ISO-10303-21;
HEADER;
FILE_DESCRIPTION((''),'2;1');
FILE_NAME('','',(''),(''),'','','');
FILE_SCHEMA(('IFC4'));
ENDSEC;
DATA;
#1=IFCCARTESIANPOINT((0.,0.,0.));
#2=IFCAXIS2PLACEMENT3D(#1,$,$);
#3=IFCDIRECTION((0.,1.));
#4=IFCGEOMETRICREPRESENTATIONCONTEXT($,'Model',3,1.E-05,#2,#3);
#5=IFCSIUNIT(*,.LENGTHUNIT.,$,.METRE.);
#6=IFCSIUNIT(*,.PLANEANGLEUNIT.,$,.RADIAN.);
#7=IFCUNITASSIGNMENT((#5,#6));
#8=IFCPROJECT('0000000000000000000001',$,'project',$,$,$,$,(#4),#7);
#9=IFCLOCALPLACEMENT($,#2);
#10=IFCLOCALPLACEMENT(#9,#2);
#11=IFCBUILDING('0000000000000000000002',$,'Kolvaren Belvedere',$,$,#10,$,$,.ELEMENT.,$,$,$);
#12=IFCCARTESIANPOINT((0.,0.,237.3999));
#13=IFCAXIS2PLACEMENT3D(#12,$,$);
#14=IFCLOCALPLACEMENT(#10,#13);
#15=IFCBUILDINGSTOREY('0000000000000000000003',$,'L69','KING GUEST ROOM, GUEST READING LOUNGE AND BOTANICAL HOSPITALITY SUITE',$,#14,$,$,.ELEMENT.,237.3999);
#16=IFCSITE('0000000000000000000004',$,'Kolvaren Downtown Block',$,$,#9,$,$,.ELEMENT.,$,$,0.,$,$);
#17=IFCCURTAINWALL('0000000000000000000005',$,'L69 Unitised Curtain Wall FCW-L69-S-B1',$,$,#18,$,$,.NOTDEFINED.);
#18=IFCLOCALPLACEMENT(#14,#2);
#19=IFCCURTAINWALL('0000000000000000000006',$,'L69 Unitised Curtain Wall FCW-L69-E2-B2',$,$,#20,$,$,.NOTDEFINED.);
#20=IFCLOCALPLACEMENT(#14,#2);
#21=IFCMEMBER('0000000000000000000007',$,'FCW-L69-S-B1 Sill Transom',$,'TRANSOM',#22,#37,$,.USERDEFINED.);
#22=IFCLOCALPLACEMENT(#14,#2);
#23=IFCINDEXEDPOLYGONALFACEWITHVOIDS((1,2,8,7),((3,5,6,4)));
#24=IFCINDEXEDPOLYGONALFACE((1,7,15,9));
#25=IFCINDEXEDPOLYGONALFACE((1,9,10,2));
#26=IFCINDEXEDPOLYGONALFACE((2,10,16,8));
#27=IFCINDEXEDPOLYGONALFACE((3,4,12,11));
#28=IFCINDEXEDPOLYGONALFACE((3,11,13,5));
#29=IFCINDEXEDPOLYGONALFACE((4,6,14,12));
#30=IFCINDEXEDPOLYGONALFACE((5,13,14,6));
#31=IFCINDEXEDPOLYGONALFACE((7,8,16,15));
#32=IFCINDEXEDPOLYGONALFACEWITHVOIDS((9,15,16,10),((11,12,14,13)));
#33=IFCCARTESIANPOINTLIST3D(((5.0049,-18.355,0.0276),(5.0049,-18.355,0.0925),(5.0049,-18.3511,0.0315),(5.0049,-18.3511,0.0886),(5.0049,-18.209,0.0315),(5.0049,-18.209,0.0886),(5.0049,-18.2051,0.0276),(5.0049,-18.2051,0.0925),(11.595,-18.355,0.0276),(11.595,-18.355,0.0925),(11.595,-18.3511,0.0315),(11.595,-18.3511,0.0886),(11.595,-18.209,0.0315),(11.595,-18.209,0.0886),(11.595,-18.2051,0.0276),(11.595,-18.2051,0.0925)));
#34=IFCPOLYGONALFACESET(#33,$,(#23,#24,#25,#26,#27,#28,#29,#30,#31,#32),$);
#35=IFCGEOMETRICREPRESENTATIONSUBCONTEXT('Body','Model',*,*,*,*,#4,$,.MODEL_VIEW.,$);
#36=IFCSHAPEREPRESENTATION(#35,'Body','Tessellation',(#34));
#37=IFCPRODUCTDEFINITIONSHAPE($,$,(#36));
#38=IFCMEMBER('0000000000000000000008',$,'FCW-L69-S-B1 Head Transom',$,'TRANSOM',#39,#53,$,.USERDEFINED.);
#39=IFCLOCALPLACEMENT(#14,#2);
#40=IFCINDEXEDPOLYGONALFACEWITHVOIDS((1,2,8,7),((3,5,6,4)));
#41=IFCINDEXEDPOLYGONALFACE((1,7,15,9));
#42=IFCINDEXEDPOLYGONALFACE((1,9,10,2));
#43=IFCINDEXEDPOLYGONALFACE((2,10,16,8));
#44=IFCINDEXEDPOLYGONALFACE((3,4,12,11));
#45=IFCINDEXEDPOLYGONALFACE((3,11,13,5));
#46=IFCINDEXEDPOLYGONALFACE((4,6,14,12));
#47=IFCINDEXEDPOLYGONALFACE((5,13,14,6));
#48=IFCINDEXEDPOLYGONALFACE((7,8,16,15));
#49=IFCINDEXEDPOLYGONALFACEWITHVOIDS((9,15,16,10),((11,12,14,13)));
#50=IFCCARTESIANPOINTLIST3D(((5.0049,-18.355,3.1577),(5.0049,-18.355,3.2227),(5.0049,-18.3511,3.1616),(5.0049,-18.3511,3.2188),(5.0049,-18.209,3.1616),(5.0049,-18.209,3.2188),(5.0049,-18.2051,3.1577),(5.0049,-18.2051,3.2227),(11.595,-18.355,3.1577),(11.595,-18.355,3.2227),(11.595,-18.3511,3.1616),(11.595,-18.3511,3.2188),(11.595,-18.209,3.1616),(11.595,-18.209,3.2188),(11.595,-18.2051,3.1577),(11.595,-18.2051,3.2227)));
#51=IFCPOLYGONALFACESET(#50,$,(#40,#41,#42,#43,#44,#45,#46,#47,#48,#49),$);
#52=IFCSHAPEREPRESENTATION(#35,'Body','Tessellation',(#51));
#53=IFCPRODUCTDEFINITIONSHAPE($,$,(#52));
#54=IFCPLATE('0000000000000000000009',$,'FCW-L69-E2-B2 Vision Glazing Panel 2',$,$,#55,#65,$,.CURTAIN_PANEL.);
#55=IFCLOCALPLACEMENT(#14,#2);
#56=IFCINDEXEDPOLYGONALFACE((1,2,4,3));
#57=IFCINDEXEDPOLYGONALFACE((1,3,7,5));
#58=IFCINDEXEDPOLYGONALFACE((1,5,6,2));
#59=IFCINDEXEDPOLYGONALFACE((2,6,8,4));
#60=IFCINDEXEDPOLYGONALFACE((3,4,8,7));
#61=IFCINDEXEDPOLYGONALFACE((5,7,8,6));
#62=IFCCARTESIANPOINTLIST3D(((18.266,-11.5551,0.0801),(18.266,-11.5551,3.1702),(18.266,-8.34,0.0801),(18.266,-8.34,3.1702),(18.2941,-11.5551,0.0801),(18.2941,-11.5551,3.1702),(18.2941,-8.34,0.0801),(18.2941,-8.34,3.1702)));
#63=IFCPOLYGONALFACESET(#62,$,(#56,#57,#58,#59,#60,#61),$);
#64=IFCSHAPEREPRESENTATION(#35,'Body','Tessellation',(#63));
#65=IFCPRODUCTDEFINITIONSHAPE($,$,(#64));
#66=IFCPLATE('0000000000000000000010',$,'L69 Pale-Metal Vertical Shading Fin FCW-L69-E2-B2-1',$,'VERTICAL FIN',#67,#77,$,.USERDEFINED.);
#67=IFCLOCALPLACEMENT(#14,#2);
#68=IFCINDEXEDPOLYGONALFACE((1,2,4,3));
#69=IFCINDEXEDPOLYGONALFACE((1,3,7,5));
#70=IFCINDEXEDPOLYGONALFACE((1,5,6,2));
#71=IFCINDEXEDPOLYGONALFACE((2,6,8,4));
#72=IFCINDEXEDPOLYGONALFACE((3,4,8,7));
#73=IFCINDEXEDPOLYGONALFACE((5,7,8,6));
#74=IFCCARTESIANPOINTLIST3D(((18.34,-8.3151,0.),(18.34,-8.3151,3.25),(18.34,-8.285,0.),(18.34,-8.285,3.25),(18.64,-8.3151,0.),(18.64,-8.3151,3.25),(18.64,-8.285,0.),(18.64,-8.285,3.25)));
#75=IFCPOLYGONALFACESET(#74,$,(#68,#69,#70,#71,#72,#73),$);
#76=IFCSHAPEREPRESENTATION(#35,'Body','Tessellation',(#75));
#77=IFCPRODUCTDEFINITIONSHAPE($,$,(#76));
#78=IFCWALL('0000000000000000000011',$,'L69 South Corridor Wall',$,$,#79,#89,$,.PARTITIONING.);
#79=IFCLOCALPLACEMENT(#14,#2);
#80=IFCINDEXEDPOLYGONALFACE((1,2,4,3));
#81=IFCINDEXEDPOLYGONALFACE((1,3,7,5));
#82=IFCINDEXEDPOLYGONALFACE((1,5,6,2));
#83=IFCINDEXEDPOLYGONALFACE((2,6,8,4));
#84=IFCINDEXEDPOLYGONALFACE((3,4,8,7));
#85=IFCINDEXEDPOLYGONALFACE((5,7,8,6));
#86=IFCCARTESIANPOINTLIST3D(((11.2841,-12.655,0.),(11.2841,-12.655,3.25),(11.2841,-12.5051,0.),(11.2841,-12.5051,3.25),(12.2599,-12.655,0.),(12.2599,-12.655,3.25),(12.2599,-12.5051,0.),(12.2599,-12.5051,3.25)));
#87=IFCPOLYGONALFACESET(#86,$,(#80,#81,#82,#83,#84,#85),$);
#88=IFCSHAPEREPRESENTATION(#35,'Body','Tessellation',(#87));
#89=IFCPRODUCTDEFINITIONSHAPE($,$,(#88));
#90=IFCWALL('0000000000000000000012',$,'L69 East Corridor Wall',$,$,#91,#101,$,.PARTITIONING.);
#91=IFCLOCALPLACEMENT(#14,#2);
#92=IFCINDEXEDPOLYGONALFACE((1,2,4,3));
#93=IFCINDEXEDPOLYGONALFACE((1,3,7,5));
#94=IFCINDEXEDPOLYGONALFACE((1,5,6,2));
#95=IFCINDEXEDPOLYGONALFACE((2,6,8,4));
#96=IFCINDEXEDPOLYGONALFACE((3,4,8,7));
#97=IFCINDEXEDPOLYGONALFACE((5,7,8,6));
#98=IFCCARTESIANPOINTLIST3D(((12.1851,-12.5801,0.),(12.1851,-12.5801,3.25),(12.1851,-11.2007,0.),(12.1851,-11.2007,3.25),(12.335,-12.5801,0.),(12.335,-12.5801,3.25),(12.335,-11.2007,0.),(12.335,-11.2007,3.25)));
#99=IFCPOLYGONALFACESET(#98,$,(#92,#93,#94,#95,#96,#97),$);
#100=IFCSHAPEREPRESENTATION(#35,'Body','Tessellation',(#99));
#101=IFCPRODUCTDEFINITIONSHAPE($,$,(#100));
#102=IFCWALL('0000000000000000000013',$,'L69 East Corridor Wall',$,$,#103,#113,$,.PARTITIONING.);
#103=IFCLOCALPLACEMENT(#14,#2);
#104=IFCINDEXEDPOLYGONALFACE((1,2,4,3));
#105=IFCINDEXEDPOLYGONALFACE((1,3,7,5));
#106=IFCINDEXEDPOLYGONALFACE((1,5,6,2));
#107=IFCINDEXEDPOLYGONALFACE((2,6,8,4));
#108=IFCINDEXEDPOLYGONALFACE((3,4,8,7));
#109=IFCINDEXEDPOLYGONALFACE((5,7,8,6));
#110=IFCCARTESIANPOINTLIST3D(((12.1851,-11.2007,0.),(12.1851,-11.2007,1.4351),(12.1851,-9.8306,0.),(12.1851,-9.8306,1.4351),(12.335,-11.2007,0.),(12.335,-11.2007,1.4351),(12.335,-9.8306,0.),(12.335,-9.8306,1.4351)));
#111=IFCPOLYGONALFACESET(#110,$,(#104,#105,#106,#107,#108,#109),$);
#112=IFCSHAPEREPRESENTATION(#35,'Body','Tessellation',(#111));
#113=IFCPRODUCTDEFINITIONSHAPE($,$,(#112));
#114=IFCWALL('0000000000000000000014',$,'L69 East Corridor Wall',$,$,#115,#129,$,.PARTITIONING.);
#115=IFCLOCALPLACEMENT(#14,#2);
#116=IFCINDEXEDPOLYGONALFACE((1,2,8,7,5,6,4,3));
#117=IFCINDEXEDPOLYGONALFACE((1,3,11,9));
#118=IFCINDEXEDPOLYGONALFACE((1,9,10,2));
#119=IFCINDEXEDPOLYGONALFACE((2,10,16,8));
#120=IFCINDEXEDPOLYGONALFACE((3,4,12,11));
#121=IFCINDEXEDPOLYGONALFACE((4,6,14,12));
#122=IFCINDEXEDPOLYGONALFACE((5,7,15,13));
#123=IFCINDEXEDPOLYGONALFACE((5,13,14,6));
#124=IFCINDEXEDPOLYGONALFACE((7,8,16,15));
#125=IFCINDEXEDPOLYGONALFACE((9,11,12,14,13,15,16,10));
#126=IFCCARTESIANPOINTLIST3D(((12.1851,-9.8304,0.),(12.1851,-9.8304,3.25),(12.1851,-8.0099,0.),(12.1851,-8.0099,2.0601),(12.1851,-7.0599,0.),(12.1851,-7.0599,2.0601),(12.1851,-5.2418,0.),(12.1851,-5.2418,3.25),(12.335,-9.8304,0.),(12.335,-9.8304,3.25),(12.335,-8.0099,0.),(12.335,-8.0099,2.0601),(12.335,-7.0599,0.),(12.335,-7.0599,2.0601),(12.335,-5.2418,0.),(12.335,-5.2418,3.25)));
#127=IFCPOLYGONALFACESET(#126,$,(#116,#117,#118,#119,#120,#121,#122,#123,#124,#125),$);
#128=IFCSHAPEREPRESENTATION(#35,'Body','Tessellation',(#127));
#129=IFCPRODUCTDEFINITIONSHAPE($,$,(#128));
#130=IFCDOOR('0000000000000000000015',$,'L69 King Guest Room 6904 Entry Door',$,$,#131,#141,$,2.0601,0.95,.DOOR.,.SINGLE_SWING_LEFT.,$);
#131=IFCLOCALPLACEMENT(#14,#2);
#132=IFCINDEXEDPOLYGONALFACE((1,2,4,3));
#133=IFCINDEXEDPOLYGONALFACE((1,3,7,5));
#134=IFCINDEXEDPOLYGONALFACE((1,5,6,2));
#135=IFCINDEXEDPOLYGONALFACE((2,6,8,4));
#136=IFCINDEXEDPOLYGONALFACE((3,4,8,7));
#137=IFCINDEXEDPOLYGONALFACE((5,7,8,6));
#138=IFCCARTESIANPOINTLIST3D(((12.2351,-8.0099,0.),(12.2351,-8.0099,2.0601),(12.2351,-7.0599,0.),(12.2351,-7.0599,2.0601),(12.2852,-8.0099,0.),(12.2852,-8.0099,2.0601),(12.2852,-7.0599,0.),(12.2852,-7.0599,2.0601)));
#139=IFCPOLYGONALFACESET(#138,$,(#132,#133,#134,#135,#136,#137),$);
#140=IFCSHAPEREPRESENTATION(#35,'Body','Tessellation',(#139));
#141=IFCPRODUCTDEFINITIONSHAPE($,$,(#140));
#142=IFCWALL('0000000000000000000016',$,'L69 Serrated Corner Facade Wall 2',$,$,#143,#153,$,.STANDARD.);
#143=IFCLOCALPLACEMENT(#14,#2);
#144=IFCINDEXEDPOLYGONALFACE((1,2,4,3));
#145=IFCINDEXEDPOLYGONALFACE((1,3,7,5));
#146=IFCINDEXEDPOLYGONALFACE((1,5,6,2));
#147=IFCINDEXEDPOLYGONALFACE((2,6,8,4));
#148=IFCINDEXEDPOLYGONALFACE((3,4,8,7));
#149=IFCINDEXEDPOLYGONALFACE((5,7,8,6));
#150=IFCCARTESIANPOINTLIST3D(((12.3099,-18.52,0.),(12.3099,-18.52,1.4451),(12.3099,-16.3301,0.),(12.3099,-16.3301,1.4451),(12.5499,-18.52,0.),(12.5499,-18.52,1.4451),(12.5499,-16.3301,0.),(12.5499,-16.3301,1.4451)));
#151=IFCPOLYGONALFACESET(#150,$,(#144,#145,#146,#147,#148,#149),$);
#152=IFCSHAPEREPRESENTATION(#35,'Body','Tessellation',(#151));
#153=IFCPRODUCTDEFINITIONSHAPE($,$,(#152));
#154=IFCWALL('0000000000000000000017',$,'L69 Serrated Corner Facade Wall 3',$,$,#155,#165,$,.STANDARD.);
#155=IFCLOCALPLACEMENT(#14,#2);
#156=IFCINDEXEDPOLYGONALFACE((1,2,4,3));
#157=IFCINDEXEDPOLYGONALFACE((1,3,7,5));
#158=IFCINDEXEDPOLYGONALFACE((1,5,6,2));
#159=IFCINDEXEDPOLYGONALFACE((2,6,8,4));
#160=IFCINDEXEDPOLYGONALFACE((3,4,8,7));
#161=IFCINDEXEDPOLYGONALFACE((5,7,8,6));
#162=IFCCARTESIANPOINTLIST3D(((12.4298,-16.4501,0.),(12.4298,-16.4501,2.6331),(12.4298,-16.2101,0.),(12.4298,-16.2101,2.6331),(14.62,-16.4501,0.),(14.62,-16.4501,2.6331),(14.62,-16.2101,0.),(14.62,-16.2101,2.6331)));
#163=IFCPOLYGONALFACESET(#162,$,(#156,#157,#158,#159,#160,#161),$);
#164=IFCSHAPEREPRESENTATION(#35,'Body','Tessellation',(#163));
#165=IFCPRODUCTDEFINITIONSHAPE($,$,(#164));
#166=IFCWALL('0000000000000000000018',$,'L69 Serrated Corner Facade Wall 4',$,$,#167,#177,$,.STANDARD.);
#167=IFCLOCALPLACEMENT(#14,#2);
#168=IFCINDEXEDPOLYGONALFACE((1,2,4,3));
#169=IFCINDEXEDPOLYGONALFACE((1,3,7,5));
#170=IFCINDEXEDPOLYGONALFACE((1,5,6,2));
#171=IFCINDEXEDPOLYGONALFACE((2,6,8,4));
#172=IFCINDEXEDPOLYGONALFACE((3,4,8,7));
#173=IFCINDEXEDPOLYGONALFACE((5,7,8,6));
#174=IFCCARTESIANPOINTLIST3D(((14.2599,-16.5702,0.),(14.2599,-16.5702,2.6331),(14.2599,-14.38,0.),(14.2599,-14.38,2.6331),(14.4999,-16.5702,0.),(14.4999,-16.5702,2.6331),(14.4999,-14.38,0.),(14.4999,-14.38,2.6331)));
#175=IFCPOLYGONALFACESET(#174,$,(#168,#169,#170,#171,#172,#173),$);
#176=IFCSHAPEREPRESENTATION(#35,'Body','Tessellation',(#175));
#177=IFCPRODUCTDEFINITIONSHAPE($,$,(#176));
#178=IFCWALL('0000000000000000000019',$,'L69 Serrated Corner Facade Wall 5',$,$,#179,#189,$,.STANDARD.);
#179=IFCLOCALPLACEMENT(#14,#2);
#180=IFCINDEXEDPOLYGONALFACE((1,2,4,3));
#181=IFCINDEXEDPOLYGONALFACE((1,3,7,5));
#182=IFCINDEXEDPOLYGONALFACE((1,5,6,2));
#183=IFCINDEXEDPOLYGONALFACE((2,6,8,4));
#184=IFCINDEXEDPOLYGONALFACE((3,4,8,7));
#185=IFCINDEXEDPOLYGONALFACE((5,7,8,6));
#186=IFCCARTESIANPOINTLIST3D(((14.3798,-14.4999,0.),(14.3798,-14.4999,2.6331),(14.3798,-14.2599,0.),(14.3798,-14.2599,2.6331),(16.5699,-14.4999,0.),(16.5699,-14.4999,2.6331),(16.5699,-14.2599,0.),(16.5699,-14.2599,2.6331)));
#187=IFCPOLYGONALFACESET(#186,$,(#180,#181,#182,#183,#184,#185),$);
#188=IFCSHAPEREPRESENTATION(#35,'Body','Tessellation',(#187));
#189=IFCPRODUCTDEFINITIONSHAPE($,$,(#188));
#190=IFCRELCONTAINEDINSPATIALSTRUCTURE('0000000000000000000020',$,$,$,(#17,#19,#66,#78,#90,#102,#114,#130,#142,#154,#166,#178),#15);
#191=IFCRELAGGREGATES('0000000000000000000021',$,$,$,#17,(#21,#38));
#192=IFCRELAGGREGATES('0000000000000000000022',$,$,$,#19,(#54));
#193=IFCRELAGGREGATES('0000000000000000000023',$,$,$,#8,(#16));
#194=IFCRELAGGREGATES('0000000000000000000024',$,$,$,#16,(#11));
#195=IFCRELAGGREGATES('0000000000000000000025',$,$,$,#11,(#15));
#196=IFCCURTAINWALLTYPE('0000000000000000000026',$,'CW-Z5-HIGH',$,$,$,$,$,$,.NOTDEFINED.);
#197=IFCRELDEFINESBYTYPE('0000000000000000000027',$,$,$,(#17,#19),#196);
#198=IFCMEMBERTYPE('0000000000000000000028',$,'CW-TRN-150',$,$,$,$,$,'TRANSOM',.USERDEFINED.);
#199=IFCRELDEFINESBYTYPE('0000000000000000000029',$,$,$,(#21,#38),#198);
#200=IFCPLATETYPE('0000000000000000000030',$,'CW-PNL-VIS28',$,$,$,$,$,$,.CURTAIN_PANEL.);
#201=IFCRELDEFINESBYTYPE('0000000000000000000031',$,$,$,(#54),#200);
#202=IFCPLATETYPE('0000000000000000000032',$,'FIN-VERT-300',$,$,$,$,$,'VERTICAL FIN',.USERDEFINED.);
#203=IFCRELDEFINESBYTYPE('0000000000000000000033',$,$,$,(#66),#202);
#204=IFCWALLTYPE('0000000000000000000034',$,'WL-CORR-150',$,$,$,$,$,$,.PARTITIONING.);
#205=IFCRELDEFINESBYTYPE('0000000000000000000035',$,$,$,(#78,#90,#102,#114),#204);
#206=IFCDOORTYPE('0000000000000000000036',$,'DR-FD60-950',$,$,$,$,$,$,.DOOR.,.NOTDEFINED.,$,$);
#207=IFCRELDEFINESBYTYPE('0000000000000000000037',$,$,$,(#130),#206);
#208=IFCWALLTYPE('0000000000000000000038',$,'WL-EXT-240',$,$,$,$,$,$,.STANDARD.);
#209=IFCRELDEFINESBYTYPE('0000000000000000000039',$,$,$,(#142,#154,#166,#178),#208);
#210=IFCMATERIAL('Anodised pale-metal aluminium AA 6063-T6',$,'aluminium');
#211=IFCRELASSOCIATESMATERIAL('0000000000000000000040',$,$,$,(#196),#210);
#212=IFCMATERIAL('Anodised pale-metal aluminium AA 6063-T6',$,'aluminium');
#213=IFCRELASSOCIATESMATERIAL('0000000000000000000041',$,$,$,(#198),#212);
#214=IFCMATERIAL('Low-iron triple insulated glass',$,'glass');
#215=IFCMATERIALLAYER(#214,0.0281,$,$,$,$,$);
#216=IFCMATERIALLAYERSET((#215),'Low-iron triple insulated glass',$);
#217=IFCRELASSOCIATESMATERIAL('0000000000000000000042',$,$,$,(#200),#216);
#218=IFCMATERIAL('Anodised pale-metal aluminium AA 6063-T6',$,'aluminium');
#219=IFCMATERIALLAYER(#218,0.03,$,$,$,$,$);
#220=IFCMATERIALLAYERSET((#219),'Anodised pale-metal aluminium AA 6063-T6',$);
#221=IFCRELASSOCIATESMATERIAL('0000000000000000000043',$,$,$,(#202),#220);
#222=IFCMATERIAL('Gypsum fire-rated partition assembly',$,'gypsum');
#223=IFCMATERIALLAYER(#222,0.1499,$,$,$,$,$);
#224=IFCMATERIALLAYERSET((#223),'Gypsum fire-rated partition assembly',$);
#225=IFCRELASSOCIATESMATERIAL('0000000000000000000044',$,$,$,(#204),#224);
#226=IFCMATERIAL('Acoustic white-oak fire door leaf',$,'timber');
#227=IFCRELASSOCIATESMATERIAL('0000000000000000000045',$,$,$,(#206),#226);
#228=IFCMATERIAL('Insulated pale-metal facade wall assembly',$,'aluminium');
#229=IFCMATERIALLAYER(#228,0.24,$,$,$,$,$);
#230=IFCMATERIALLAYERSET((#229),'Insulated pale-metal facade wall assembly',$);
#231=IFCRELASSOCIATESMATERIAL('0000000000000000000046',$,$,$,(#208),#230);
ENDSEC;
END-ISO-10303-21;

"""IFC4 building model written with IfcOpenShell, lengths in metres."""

from ifc_helpers import new_model, si_unit, direction, frame, frame_2d, origin, origin_2d, place, context, subcontext, project, spatial, rectangle, hollow_rectangle, extrude, material, layer, layer_set, material_profile, profile_set, type_object, element, fill, aggregate, save


model = new_model("IFC4")

# Units and contexts
model_context = context("Model", 3, precision=1e-05, world=origin(), true_north=direction((0.0, 1.0)))
body_context = subcontext(model_context, "Body", "Model", "MODEL_VIEW")
ifc_project = project(units=[si_unit("LENGTHUNIT", "METRE"), si_unit("PLANEANGLEUNIT", "RADIAN")], contexts=[model_context])

# Site, building, storey
site_placement = place(None, origin())
site = spatial("IfcSite", under=ifc_project, at=site_placement, Name="Kolvaren Downtown Block", CompositionType="ELEMENT", RefElevation=0.0)
building_placement = place(site_placement, origin())
building = spatial("IfcBuilding", under=site, at=building_placement, Name="Kolvaren Belvedere", CompositionType="ELEMENT")
storey_placement = place(building_placement, frame((0.0, 0.0, 237.3999)))
storey = spatial("IfcBuildingStorey", under=building, at=storey_placement, Name="L69", Description="KING GUEST ROOM, GUEST READING LOUNGE AND BOTANICAL HOSPITALITY SUITE", CompositionType="ELEMENT", Elevation=237.3999)

# Curtain wall
ifc_material_1 = material(Name="Anodised pale-metal aluminium AA 6063-T6", Category="aluminium")
curtain_wall_type = type_object("IfcCurtainWallType", Name="CW-Z5-HIGH", PredefinedType="NOTDEFINED", material=ifc_material_1)
curtain_wall_1_placement = place(storey_placement, origin())
curtain_wall_1 = element("IfcCurtainWall", 1, at=curtain_wall_1_placement, inside=storey, type_object=curtain_wall_type, Name="L69 Unitised Curtain Wall FCW-L69-S-B1", PredefinedType="NOTDEFINED")

# Curtain wall
curtain_wall_2_placement = place(storey_placement, origin())
curtain_wall_2 = element("IfcCurtainWall", 2, at=curtain_wall_2_placement, inside=storey, type_object=curtain_wall_type, Name="L69 Unitised Curtain Wall FCW-L69-E2-B2", PredefinedType="NOTDEFINED")

# Members
ifc_material_2 = material(Name="Anodised pale-metal aluminium AA 6063-T6", Category="aluminium")
ifc_material_profile_1 = material_profile(ifc_material_2, hollow_rectangle(XDim=0.0649, YDim=0.1499, WallThickness=0.0039, at=origin_2d()), Name="ALU-TRN-150X65")
ifc_profile_set_1 = profile_set([ifc_material_profile_1], Name="Anodised pale-metal aluminium AA 6063-T6")
member_type_1 = type_object("IfcMemberType", Name="CW-TRN-150", ElementType="TRANSOM", PredefinedType="USERDEFINED", material=ifc_profile_set_1)
member_1_placement = place(storey_placement, frame((11.595, -18.28, 0.0601), z_axis=(-1.0, 0.0, 0.0), x_axis=(0.0, 0.0, 1.0)))
member_1 = element("IfcMember", 3, at=member_1_placement, type_object=member_type_1, Name="FCW-L69-S-B1 Sill Transom", ObjectType="TRANSOM", PredefinedType="USERDEFINED", context=body_context, shape_type="SweptSolid", body=[
    extrude(hollow_rectangle(XDim=0.0649, YDim=0.1499, WallThickness=0.0039, at=origin_2d()), origin(), (0.0, 0.0, 1.0), 6.5901),
])
member_2_placement = place(storey_placement, frame((11.595, -18.28, 3.1902), z_axis=(-1.0, 0.0, 0.0), x_axis=(0.0, 0.0, 1.0)))
member_2 = element("IfcMember", 4, at=member_2_placement, type_object=member_type_1, Name="FCW-L69-S-B1 Head Transom", ObjectType="TRANSOM", PredefinedType="USERDEFINED", context=body_context, shape_type="SweptSolid", body=[
    extrude(hollow_rectangle(XDim=0.0649, YDim=0.1499, WallThickness=0.0039, at=origin_2d()), origin(), (0.0, 0.0, 1.0), 6.5901),
])
aggregate(curtain_wall_1, [member_1, member_2])

# Plates
ifc_material_3 = material(Name="Low-iron triple insulated glass", Category="glass")
ifc_layer_1 = layer(ifc_material_3, 0.0281)
ifc_layer_set_1 = layer_set([ifc_layer_1], Name="Low-iron triple insulated glass")
plate_type_1 = type_object("IfcPlateType", Name="CW-PNL-VIS28", PredefinedType="CURTAIN_PANEL", material=ifc_layer_set_1)
plate_1_placement = place(storey_placement, frame((18.28, -9.9475, 0.0801), z_axis=(0.0, 0.0, 1.0), x_axis=(0.0, -1.0, 0.0)))
plate_1 = element("IfcPlate", 5, at=plate_1_placement, type_object=plate_type_1, Name="FCW-L69-E2-B2 Vision Glazing Panel 2", PredefinedType="CURTAIN_PANEL", context=body_context, shape_type="SweptSolid", body=[
    extrude(rectangle(XDim=3.2151, YDim=0.0281, at=origin_2d()), origin(), (0.0, 0.0, 1.0), 3.0901),
])
aggregate(curtain_wall_2, [plate_1])
ifc_material_4 = material(Name="Anodised pale-metal aluminium AA 6063-T6", Category="aluminium")
ifc_layer_2 = layer(ifc_material_4, 0.03)
ifc_layer_set_2 = layer_set([ifc_layer_2], Name="Anodised pale-metal aluminium AA 6063-T6")
plate_type_2 = type_object("IfcPlateType", Name="FIN-VERT-300", ElementType="VERTICAL FIN", PredefinedType="USERDEFINED", material=ifc_layer_set_2)
plate_2_placement = place(storey_placement, frame((18.49, -8.3, 0.0), z_axis=(0.0, 0.0, 1.0), x_axis=(1.0, 0.0, 0.0)))
element("IfcPlate", 6, at=plate_2_placement, inside=storey, type_object=plate_type_2, Name="L69 Pale-Metal Vertical Shading Fin FCW-L69-E2-B2-1", ObjectType="VERTICAL FIN", PredefinedType="USERDEFINED", context=body_context, shape_type="SweptSolid", body=[
    extrude(rectangle(XDim=0.3, YDim=0.03, at=origin_2d()), origin(), (0.0, 0.0, 1.0), 3.25),
])

# Walls
ifc_material_5 = material(Name="Gypsum fire-rated partition assembly", Category="gypsum")
ifc_layer_3 = layer(ifc_material_5, 0.1499)
ifc_layer_set_3 = layer_set([ifc_layer_3], Name="Gypsum fire-rated partition assembly")
wall_type_1 = type_object("IfcWallType", Name="WL-CORR-150", PredefinedType="PARTITIONING", material=ifc_layer_set_3)
wall_1_placement = place(storey_placement, frame((11.2842, -12.5801, 0.0), z_axis=(0.0, 0.0, 1.0), x_axis=(1.0, 0.0, 0.0)))
element("IfcWall", 7, at=wall_1_placement, inside=storey, type_object=wall_type_1, Name="L69 South Corridor Wall", PredefinedType="PARTITIONING", context=body_context, shape_type="SweptSolid", body=[
    extrude(rectangle(XDim=0.9758, YDim=0.1499, at=frame_2d((0.4878, 0.0))), origin(), (0.0, 0.0, 1.0), 3.25),
])
wall_2_placement = place(storey_placement, frame((12.26, -12.5801, 0.0), z_axis=(0.0, 0.0, 1.0), x_axis=(0.0, 1.0, 0.0)))
element("IfcWall", 8, at=wall_2_placement, inside=storey, type_object=wall_type_1, Name="L69 East Corridor Wall", PredefinedType="PARTITIONING", context=body_context, shape_type="SweptSolid", body=[
    extrude(rectangle(XDim=1.3794, YDim=0.1499, at=frame_2d((0.6897, 0.0))), origin(), (0.0, 0.0, 1.0), 3.25),
])
wall_3_placement = place(storey_placement, frame((12.26, -11.2007, 0.0), z_axis=(0.0, 0.0, 1.0), x_axis=(0.0, 1.0, 0.0)))
element("IfcWall", 9, at=wall_3_placement, inside=storey, type_object=wall_type_1, Name="L69 East Corridor Wall", PredefinedType="PARTITIONING", context=body_context, shape_type="SweptSolid", body=[
    extrude(rectangle(XDim=1.3701, YDim=0.1499, at=frame_2d((0.6851, 0.0))), origin(), (0.0, 0.0, 1.0), 1.4351),
])

# Wall, opening, door
wall_4_placement = place(storey_placement, frame((12.26, -9.8306, 0.0), z_axis=(0.0, 0.0, 1.0), x_axis=(0.0, 1.0, 0.0)))
wall_4 = element("IfcWall", 10, at=wall_4_placement, inside=storey, type_object=wall_type_1, Name="L69 East Corridor Wall", PredefinedType="PARTITIONING", context=body_context, shape_type="SweptSolid", body=[
    extrude(rectangle(XDim=4.5886, YDim=0.1499, at=frame_2d((2.2944, 0.0))), origin(), (0.0, 0.0, 1.0), 3.25),
])
opening_placement = place(wall_4_placement, frame((1.8206, 0.0, 0.0)))
opening = element("IfcOpeningElement", 11, at=opening_placement, cuts=wall_4, PredefinedType="OPENING", context=body_context, shape_type="SweptSolid", body=[
    extrude(rectangle(XDim=0.95, YDim=2.0601, at=frame_2d((0.4751, 1.03))), frame((0.0, 0.085, 0.0), z_axis=(0.0, -1.0, 0.0), x_axis=(1.0, 0.0, 0.0)), (0.0, 0.0, 1.0), 0.1699),
])
ifc_material_6 = material(Name="Acoustic white-oak fire door leaf", Category="timber")
door_type = type_object("IfcDoorType", Name="DR-FD60-950", OperationType="NOTDEFINED", PredefinedType="DOOR", material=ifc_material_6)
door_placement = place(opening_placement, origin())
door = element("IfcDoor", 12, at=door_placement, inside=storey, type_object=door_type, Name="L69 King Guest Room 6904 Entry Door", OperationType="SINGLE_SWING_LEFT", OverallHeight=2.0601, OverallWidth=0.95, PredefinedType="DOOR", context=body_context, shape_type="SweptSolid", body=[
    extrude(rectangle(XDim=0.95, YDim=2.0601, at=frame_2d((0.4751, 1.03))), frame((0.0, 0.0249, 0.0), z_axis=(0.0, -1.0, 0.0), x_axis=(1.0, 0.0, 0.0)), (0.0, 0.0, 1.0), 0.05),
])
fill(opening, door)

# Walls
ifc_material_7 = material(Name="Insulated pale-metal facade wall assembly", Category="aluminium")
ifc_layer_4 = layer(ifc_material_7, 0.24)
ifc_layer_set_4 = layer_set([ifc_layer_4], Name="Insulated pale-metal facade wall assembly")
wall_type_2 = type_object("IfcWallType", Name="WL-EXT-240", PredefinedType="STANDARD", material=ifc_layer_set_4)
wall_5_placement = place(storey_placement, frame((12.4299, -16.3301, 0.0), z_axis=(0.0, 0.0, 1.0), x_axis=(0.0, -1.0, 0.0)))
element("IfcWall", 13, at=wall_5_placement, inside=storey, type_object=wall_type_2, Name="L69 Serrated Corner Facade Wall 2", PredefinedType="STANDARD", context=body_context, shape_type="SweptSolid", body=[
    extrude(rectangle(XDim=2.1899, YDim=0.24, at=frame_2d((1.095, 0.0))), origin(), (0.0, 0.0, 1.0), 1.4451),
])
for number, where, z_axis, x_axis, name in (
    (14, (14.6201, -16.3301, 0.0), (0.0, 0.0, 1.0), (-1.0, 0.0, 0.0), "L69 Serrated Corner Facade Wall 3"),
    (15, (14.3799, -14.3799, 0.0), (0.0, 0.0, 1.0), (0.0, -1.0, 0.0), "L69 Serrated Corner Facade Wall 4"),
    (16, (16.5701, -14.3799, 0.0), (0.0, 0.0, 1.0), (-1.0, 0.0, 0.0), "L69 Serrated Corner Facade Wall 5"),
):
    element("IfcWall", number, at=place(storey_placement, frame(where, z_axis=z_axis, x_axis=x_axis)), inside=storey, type_object=wall_type_2, Name=name, PredefinedType="STANDARD", context=body_context, shape_type="SweptSolid", body=[
        extrude(rectangle(XDim=2.1902, YDim=0.24, at=frame_2d((1.0952, 0.0))), origin(), (0.0, 0.0, 1.0), 2.6331),
    ])

save(model, "model.ifc")
